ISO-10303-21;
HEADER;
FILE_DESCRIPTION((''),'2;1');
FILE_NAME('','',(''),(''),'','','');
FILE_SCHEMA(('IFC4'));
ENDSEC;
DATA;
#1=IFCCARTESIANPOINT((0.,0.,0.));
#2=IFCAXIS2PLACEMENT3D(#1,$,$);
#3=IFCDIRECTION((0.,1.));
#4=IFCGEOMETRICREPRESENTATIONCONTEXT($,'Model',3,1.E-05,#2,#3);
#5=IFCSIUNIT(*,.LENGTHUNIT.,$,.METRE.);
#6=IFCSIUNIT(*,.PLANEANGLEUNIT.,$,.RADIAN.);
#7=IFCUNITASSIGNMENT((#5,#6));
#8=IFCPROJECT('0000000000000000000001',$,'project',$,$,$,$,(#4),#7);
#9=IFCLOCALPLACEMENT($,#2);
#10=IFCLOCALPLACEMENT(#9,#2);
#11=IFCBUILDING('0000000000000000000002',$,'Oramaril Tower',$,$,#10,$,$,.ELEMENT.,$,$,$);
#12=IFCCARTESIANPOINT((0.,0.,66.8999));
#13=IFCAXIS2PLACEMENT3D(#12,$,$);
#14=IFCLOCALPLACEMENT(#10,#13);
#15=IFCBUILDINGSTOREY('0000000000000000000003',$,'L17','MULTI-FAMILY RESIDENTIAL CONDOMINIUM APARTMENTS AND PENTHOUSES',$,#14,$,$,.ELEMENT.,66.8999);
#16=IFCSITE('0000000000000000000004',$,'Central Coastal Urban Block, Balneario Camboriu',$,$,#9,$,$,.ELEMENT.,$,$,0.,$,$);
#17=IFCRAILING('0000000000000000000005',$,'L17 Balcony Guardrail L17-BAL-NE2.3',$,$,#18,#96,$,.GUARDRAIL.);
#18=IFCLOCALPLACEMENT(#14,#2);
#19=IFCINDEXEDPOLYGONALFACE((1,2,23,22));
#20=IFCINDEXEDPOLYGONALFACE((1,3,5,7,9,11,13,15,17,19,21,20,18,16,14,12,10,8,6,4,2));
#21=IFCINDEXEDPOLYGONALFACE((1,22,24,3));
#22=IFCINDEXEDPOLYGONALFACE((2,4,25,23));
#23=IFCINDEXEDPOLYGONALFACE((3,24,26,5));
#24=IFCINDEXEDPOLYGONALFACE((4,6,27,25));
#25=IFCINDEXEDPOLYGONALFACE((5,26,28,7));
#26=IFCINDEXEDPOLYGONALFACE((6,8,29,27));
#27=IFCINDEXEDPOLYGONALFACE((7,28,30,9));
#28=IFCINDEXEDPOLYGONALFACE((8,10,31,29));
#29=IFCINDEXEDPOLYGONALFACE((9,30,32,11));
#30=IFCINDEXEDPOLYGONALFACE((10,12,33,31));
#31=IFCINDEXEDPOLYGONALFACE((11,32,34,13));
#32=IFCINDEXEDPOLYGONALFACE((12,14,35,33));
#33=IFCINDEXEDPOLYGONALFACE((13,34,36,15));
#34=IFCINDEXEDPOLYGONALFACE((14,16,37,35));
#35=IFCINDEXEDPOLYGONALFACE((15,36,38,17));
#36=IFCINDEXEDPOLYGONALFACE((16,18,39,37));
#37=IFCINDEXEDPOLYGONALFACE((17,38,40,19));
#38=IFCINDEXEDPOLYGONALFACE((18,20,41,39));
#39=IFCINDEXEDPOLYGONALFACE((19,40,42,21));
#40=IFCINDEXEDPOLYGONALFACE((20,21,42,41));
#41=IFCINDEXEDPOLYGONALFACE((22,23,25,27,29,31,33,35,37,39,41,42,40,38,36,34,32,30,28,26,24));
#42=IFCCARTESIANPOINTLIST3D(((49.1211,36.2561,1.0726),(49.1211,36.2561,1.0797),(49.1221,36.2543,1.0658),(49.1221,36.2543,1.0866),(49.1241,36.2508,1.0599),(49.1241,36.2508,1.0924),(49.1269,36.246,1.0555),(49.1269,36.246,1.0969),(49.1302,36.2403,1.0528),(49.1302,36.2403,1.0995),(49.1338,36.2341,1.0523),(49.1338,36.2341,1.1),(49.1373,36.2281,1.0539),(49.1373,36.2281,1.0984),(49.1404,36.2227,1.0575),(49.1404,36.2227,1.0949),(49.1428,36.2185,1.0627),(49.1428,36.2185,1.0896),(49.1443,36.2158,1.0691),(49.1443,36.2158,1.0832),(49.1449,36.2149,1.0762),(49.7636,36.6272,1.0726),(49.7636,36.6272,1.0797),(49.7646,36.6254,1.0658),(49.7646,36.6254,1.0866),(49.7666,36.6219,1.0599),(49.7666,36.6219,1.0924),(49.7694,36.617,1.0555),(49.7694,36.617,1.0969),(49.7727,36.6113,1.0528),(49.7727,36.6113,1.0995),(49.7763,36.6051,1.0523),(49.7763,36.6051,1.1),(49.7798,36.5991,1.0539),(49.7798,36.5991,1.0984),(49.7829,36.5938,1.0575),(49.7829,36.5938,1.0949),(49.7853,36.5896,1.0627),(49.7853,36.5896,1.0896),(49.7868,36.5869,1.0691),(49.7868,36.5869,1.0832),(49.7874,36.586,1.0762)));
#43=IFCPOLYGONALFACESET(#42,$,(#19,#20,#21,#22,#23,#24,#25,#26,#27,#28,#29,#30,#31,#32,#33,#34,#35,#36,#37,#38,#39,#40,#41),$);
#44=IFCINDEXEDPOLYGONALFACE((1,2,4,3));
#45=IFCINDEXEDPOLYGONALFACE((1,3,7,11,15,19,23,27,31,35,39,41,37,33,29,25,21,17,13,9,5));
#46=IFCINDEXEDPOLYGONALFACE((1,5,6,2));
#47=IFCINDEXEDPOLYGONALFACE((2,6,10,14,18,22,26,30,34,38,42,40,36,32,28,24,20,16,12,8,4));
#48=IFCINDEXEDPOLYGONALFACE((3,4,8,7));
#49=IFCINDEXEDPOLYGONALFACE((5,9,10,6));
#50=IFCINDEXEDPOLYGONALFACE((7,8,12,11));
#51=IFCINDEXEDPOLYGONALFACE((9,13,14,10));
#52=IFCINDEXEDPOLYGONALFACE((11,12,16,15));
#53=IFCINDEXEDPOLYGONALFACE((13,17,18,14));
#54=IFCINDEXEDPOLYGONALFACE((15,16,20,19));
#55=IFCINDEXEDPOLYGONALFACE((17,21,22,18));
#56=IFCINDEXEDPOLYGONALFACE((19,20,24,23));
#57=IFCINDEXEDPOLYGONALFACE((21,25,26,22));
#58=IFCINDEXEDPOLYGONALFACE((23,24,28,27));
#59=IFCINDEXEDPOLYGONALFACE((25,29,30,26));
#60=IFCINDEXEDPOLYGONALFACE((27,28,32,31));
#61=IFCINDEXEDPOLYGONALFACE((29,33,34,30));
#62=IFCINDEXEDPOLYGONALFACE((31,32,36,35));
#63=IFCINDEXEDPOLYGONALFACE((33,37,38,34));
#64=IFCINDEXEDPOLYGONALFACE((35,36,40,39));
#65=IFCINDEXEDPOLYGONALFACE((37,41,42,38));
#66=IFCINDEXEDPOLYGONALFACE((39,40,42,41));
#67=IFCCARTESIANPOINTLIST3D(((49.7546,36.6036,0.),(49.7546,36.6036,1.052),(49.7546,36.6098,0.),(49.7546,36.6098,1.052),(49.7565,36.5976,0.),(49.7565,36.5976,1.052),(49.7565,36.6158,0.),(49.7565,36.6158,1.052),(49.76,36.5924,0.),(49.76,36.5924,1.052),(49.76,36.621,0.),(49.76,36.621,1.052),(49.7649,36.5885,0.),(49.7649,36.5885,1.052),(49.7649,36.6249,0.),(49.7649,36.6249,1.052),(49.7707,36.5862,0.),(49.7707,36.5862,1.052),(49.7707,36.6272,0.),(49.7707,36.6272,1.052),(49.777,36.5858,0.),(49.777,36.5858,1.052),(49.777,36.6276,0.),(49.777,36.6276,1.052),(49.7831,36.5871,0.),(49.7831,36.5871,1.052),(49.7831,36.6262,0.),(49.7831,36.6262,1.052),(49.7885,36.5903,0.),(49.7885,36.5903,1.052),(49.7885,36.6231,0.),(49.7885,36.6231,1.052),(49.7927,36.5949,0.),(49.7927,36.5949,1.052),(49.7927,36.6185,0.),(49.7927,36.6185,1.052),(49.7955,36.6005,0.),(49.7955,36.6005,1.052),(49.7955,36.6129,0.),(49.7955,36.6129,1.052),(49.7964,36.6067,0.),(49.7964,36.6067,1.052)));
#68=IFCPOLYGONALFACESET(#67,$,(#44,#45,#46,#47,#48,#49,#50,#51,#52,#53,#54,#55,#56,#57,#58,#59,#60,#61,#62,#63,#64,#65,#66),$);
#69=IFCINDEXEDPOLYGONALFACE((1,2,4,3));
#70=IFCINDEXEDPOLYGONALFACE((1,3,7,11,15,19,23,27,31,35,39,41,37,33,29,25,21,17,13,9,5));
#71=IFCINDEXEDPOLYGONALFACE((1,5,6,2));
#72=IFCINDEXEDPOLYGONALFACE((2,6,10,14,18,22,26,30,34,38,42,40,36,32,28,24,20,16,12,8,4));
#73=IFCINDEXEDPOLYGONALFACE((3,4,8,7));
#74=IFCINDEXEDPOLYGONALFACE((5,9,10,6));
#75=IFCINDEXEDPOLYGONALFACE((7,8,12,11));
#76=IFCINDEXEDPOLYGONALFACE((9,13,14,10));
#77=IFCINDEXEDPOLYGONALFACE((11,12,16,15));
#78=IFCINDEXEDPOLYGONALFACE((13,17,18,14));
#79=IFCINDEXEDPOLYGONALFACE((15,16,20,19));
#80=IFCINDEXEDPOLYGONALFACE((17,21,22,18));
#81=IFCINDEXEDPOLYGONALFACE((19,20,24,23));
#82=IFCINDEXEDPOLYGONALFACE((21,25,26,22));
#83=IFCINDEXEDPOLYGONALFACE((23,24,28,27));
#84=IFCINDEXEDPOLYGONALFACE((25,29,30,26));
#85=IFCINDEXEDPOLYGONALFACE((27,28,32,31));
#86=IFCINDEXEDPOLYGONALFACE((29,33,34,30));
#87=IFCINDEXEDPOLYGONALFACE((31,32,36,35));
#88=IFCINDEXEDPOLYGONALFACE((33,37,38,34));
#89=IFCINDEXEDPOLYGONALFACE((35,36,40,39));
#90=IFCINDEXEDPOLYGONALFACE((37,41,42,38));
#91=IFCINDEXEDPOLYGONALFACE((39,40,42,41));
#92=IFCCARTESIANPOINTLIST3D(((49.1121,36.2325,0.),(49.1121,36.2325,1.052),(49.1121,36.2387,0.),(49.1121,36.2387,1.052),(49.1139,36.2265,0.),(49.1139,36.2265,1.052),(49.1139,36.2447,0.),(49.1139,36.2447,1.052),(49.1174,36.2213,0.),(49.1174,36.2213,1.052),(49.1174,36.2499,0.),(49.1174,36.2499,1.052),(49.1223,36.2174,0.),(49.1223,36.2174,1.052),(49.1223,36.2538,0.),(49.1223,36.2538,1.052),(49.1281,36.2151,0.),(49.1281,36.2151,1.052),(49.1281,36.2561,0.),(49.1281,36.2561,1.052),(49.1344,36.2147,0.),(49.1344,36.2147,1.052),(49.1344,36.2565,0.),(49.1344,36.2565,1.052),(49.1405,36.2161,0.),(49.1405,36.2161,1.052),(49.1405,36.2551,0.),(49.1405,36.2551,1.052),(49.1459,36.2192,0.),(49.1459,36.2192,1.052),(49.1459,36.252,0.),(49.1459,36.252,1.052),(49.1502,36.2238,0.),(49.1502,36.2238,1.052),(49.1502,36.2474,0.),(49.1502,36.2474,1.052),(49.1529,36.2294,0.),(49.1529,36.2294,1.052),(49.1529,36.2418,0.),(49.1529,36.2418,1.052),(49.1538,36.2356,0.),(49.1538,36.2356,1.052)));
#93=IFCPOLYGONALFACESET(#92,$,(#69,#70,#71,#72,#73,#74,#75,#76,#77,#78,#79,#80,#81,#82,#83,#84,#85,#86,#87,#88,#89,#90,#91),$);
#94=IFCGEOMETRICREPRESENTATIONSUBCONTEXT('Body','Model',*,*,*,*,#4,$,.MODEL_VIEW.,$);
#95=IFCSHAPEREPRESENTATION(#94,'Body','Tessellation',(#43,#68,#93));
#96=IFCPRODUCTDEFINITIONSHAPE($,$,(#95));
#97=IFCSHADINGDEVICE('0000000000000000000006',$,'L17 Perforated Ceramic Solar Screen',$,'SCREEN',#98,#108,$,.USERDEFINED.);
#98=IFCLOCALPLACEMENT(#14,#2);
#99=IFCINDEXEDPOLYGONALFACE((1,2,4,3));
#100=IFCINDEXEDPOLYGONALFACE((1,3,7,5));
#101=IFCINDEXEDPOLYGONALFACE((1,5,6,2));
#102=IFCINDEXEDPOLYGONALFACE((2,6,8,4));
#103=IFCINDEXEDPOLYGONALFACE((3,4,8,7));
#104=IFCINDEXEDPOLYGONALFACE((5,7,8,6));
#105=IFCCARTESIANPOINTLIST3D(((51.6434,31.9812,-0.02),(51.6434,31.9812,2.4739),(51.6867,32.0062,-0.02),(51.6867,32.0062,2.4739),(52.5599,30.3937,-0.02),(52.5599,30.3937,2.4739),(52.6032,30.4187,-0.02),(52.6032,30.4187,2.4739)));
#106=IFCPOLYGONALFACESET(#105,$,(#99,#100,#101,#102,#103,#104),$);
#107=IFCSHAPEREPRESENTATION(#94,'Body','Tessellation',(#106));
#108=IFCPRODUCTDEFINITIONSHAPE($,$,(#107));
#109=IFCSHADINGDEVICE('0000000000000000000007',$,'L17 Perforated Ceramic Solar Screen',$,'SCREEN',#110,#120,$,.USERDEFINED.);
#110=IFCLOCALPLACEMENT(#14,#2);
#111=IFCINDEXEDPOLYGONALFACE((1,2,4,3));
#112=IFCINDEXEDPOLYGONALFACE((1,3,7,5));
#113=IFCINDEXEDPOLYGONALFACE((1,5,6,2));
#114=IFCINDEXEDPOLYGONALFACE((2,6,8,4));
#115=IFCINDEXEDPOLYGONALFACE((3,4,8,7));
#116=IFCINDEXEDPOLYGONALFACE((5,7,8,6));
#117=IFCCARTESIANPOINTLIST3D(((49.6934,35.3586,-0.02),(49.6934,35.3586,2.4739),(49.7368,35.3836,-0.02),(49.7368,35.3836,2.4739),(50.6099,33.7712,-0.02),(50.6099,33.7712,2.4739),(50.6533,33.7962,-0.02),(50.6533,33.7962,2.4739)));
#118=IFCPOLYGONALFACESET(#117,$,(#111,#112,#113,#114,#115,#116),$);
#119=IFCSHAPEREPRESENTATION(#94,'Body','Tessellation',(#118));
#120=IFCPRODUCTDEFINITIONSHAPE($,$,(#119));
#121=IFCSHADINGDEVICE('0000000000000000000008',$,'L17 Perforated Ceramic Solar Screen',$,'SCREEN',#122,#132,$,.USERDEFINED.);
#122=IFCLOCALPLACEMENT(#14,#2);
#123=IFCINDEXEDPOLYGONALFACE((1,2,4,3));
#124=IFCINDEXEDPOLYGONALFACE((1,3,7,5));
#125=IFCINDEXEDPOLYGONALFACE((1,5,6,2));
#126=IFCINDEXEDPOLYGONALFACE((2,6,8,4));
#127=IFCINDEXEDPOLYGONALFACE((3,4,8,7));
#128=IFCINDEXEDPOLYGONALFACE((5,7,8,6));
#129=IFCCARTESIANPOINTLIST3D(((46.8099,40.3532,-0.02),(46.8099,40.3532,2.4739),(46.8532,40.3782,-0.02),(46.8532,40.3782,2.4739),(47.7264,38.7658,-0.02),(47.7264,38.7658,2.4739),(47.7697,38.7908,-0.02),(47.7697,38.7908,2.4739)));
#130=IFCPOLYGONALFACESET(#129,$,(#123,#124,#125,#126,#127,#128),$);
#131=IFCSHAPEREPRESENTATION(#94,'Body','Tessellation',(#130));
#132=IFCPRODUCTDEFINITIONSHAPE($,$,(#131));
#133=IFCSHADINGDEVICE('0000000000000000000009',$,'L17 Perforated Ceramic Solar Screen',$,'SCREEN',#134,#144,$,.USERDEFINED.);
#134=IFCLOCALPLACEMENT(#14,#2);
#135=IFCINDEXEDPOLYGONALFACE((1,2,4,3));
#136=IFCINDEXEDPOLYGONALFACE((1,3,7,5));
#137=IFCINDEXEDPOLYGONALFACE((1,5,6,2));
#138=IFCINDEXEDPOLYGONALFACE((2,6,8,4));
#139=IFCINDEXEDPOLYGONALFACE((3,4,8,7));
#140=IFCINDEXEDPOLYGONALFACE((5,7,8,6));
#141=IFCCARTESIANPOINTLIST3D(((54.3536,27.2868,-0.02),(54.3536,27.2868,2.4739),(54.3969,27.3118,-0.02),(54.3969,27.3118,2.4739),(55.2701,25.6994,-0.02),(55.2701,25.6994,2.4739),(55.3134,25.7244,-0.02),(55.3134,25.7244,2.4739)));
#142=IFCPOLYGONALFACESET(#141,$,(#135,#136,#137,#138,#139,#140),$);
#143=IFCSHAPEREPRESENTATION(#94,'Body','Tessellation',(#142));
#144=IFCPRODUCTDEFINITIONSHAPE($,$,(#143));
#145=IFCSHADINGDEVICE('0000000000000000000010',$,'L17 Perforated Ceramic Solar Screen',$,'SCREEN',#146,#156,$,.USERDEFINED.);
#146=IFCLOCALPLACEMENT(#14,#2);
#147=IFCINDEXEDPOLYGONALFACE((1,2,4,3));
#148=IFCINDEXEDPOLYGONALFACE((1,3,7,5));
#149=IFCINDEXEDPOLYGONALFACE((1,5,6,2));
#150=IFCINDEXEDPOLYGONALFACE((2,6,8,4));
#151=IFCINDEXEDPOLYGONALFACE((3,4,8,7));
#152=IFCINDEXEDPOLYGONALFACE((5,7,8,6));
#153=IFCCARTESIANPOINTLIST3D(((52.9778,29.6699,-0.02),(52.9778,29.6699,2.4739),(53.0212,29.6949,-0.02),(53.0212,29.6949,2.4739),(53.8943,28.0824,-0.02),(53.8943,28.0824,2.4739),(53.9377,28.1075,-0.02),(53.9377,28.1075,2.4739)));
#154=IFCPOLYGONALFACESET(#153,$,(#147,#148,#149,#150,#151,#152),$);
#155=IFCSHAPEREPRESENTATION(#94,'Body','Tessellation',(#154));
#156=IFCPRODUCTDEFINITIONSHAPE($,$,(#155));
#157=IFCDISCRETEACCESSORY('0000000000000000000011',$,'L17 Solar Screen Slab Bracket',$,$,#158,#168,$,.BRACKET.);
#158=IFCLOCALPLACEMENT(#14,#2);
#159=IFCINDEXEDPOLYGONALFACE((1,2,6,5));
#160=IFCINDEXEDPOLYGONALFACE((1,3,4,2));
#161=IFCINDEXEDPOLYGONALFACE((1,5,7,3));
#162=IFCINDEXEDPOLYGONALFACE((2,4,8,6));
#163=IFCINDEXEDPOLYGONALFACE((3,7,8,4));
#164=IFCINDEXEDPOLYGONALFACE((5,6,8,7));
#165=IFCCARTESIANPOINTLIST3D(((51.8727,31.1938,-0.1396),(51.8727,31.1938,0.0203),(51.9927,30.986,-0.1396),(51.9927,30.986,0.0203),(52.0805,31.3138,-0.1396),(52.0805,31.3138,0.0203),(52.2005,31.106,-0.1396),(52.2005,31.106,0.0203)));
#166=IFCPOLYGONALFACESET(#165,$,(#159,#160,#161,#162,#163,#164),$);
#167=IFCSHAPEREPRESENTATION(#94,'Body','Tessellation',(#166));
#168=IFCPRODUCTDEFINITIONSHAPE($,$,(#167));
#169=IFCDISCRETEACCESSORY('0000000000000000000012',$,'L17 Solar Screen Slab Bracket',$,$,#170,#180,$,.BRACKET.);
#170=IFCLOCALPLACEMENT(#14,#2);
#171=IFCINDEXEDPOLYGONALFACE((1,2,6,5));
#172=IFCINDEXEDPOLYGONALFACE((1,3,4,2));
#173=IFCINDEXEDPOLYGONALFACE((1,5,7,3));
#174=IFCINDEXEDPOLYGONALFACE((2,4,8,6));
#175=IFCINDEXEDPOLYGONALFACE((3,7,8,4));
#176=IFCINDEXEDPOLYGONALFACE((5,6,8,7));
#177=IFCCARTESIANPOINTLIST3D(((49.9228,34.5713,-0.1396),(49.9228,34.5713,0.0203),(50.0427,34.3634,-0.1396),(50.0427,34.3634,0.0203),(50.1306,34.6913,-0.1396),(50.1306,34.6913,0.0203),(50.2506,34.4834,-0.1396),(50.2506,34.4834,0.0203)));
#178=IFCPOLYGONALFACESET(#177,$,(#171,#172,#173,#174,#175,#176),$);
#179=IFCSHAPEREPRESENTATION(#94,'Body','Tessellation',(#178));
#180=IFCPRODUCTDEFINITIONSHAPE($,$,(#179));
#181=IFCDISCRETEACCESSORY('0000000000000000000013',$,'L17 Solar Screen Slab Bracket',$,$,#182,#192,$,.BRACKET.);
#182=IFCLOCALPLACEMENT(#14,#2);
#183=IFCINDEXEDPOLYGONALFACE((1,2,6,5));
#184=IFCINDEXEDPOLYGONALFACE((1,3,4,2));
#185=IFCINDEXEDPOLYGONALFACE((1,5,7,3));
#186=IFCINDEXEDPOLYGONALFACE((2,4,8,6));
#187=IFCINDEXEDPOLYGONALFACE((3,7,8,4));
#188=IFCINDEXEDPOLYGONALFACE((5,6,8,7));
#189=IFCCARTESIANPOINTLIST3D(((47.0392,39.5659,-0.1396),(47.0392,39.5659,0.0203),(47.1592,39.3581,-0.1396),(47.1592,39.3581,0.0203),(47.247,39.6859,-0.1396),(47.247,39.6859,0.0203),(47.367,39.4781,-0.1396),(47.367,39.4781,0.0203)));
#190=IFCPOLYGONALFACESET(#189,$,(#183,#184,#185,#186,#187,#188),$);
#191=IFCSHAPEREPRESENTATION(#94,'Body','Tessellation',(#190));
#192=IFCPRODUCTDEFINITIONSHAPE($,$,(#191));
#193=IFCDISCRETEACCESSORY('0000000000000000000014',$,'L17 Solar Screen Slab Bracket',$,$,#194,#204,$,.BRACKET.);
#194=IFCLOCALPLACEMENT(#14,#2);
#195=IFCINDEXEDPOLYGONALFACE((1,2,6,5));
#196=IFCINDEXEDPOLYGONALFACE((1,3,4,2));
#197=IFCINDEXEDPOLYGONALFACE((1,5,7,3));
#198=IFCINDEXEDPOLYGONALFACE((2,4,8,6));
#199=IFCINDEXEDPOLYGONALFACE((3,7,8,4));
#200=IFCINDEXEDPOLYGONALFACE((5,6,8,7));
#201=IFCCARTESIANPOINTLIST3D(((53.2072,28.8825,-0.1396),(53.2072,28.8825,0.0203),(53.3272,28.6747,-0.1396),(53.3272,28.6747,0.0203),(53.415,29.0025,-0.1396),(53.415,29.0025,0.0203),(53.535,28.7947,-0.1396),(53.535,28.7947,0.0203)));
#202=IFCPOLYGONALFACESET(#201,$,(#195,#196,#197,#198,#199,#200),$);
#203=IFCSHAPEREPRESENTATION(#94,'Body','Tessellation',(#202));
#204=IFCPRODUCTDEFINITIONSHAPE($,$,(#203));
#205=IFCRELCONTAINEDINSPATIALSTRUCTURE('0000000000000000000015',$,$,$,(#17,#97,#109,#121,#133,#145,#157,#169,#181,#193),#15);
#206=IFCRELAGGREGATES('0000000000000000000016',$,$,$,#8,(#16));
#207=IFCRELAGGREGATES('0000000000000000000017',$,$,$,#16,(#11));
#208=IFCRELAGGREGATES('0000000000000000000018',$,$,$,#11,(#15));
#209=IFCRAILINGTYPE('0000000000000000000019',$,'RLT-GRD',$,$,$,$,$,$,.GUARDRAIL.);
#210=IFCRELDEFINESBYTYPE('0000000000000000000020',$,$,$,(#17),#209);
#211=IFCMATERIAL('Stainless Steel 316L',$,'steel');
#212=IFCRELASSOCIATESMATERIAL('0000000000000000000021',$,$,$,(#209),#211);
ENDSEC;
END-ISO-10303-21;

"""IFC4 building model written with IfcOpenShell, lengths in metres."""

from ifc_helpers import new_model, si_unit, direction, frame, origin, origin_2d, place, context, subcontext, project, spatial, rectangle, circle, extrude, material, type_object, element, save


model = new_model("IFC4")

# Units and contexts
model_context = context("Model", 3, precision=1e-05, world=origin(), true_north=direction((0.0, 1.0)))
body_context = subcontext(model_context, "Body", "Model", "MODEL_VIEW")
ifc_project = project(units=[si_unit("LENGTHUNIT", "METRE"), si_unit("PLANEANGLEUNIT", "RADIAN")], contexts=[model_context])

# Site, building, storey
site_placement = place(None, origin())
site = spatial("IfcSite", under=ifc_project, at=site_placement, Name="Central Coastal Urban Block, Balneario Camboriu", CompositionType="ELEMENT", RefElevation=0.0)
building_placement = place(site_placement, origin())
building = spatial("IfcBuilding", under=site, at=building_placement, Name="Oramaril Tower", CompositionType="ELEMENT")
storey_placement = place(building_placement, frame((0.0, 0.0, 66.8999)))
storey = spatial("IfcBuildingStorey", under=building, at=storey_placement, Name="L17", Description="MULTI-FAMILY RESIDENTIAL CONDOMINIUM APARTMENTS AND PENTHOUSES", CompositionType="ELEMENT", Elevation=66.8999)

# Railing
ifc_material_1 = material(Name="Stainless Steel 316L", Category="steel")
railing_type = type_object("IfcRailingType", Name="RLT-GRD", PredefinedType="GUARDRAIL", material=ifc_material_1)
railing_1_placement = place(storey_placement, frame((49.7754, 36.6067, 0.0)))
element("IfcRailing", 1, at=railing_1_placement, inside=storey, type_object=railing_type, Name="L17 Balcony Guardrail L17-BAL-NE2.3", PredefinedType="GUARDRAIL", context=body_context, shape_type="SweptSolid", body=[
    extrude(circle(Radius=0.0239, at=origin_2d()), frame((0.0, 0.0, 1.0762), z_axis=(-0.865966, -0.500102, 0.0), x_axis=(0.500102, -0.865966, 0.0)), (0.0, 0.0, 1.0), 0.7419),
    extrude(circle(Radius=0.021, at=origin_2d()), origin(), (0.0, 0.0, 1.0), 1.052),
    extrude(circle(Radius=0.021, at=origin_2d()), frame((-0.6426, -0.3711, 0.0)), (0.0, 0.0, 1.0), 1.052),
])

# Shading devices
for number, where, z_axis, x_axis, name in (
    (2, (52.1233, 31.2, -0.02), (0.0, 0.0, 1.0), (-0.5, 0.866025, 0.0), "L17 Perforated Ceramic Solar Screen"),
    (3, (50.1733, 34.5774, -0.02), (0.0, 0.0, 1.0), (-0.5, 0.866025, 0.0), "L17 Perforated Ceramic Solar Screen"),
    (4, (47.2898, 39.572, -0.02), (0.0, 0.0, 1.0), (-0.5, 0.866025, 0.0), "L17 Perforated Ceramic Solar Screen"),
    (5, (54.8335, 26.5056, -0.02), (0.0, 0.0, 1.0), (-0.5, 0.866025, 0.0), "L17 Perforated Ceramic Solar Screen"),
    (6, (53.4578, 28.8887, -0.02), (0.0, 0.0, 1.0), (-0.5, 0.866025, 0.0), "L17 Perforated Ceramic Solar Screen"),
):
    element("IfcShadingDevice", number, at=place(storey_placement, frame(where, z_axis=z_axis, x_axis=x_axis)), inside=storey, Name=name, ObjectType="SCREEN", PredefinedType="USERDEFINED", context=body_context, shape_type="SweptSolid", body=[
        extrude(rectangle(XDim=1.833, YDim=0.05, at=origin_2d()), origin(), (0.0, 0.0, 1.0), 2.4939),
    ])

# Discrete accessories
for number, where, z_axis, x_axis, name in (
    (7, (52.0366, 31.1499, -0.1396), (0.0, 0.0, 1.0), (-0.5, 0.866025, 0.0), "L17 Solar Screen Slab Bracket"),
    (8, (50.0867, 34.5273, -0.1396), (0.0, 0.0, 1.0), (-0.5, 0.866025, 0.0), "L17 Solar Screen Slab Bracket"),
    (9, (47.2031, 39.522, -0.1396), (0.0, 0.0, 1.0), (-0.5, 0.866025, 0.0), "L17 Solar Screen Slab Bracket"),
    (10, (53.3711, 28.8386, -0.1396), (0.0, 0.0, 1.0), (-0.5, 0.866025, 0.0), "L17 Solar Screen Slab Bracket"),
):
    element("IfcDiscreteAccessory", number, at=place(storey_placement, frame(where, z_axis=z_axis, x_axis=x_axis)), inside=storey, Name=name, PredefinedType="BRACKET", context=body_context, shape_type="SweptSolid", body=[
        extrude(rectangle(XDim=0.24, YDim=0.24, at=origin_2d()), origin(), (0.0, 0.0, 1.0), 0.1599),
    ])

save(model, "model.ifc")
